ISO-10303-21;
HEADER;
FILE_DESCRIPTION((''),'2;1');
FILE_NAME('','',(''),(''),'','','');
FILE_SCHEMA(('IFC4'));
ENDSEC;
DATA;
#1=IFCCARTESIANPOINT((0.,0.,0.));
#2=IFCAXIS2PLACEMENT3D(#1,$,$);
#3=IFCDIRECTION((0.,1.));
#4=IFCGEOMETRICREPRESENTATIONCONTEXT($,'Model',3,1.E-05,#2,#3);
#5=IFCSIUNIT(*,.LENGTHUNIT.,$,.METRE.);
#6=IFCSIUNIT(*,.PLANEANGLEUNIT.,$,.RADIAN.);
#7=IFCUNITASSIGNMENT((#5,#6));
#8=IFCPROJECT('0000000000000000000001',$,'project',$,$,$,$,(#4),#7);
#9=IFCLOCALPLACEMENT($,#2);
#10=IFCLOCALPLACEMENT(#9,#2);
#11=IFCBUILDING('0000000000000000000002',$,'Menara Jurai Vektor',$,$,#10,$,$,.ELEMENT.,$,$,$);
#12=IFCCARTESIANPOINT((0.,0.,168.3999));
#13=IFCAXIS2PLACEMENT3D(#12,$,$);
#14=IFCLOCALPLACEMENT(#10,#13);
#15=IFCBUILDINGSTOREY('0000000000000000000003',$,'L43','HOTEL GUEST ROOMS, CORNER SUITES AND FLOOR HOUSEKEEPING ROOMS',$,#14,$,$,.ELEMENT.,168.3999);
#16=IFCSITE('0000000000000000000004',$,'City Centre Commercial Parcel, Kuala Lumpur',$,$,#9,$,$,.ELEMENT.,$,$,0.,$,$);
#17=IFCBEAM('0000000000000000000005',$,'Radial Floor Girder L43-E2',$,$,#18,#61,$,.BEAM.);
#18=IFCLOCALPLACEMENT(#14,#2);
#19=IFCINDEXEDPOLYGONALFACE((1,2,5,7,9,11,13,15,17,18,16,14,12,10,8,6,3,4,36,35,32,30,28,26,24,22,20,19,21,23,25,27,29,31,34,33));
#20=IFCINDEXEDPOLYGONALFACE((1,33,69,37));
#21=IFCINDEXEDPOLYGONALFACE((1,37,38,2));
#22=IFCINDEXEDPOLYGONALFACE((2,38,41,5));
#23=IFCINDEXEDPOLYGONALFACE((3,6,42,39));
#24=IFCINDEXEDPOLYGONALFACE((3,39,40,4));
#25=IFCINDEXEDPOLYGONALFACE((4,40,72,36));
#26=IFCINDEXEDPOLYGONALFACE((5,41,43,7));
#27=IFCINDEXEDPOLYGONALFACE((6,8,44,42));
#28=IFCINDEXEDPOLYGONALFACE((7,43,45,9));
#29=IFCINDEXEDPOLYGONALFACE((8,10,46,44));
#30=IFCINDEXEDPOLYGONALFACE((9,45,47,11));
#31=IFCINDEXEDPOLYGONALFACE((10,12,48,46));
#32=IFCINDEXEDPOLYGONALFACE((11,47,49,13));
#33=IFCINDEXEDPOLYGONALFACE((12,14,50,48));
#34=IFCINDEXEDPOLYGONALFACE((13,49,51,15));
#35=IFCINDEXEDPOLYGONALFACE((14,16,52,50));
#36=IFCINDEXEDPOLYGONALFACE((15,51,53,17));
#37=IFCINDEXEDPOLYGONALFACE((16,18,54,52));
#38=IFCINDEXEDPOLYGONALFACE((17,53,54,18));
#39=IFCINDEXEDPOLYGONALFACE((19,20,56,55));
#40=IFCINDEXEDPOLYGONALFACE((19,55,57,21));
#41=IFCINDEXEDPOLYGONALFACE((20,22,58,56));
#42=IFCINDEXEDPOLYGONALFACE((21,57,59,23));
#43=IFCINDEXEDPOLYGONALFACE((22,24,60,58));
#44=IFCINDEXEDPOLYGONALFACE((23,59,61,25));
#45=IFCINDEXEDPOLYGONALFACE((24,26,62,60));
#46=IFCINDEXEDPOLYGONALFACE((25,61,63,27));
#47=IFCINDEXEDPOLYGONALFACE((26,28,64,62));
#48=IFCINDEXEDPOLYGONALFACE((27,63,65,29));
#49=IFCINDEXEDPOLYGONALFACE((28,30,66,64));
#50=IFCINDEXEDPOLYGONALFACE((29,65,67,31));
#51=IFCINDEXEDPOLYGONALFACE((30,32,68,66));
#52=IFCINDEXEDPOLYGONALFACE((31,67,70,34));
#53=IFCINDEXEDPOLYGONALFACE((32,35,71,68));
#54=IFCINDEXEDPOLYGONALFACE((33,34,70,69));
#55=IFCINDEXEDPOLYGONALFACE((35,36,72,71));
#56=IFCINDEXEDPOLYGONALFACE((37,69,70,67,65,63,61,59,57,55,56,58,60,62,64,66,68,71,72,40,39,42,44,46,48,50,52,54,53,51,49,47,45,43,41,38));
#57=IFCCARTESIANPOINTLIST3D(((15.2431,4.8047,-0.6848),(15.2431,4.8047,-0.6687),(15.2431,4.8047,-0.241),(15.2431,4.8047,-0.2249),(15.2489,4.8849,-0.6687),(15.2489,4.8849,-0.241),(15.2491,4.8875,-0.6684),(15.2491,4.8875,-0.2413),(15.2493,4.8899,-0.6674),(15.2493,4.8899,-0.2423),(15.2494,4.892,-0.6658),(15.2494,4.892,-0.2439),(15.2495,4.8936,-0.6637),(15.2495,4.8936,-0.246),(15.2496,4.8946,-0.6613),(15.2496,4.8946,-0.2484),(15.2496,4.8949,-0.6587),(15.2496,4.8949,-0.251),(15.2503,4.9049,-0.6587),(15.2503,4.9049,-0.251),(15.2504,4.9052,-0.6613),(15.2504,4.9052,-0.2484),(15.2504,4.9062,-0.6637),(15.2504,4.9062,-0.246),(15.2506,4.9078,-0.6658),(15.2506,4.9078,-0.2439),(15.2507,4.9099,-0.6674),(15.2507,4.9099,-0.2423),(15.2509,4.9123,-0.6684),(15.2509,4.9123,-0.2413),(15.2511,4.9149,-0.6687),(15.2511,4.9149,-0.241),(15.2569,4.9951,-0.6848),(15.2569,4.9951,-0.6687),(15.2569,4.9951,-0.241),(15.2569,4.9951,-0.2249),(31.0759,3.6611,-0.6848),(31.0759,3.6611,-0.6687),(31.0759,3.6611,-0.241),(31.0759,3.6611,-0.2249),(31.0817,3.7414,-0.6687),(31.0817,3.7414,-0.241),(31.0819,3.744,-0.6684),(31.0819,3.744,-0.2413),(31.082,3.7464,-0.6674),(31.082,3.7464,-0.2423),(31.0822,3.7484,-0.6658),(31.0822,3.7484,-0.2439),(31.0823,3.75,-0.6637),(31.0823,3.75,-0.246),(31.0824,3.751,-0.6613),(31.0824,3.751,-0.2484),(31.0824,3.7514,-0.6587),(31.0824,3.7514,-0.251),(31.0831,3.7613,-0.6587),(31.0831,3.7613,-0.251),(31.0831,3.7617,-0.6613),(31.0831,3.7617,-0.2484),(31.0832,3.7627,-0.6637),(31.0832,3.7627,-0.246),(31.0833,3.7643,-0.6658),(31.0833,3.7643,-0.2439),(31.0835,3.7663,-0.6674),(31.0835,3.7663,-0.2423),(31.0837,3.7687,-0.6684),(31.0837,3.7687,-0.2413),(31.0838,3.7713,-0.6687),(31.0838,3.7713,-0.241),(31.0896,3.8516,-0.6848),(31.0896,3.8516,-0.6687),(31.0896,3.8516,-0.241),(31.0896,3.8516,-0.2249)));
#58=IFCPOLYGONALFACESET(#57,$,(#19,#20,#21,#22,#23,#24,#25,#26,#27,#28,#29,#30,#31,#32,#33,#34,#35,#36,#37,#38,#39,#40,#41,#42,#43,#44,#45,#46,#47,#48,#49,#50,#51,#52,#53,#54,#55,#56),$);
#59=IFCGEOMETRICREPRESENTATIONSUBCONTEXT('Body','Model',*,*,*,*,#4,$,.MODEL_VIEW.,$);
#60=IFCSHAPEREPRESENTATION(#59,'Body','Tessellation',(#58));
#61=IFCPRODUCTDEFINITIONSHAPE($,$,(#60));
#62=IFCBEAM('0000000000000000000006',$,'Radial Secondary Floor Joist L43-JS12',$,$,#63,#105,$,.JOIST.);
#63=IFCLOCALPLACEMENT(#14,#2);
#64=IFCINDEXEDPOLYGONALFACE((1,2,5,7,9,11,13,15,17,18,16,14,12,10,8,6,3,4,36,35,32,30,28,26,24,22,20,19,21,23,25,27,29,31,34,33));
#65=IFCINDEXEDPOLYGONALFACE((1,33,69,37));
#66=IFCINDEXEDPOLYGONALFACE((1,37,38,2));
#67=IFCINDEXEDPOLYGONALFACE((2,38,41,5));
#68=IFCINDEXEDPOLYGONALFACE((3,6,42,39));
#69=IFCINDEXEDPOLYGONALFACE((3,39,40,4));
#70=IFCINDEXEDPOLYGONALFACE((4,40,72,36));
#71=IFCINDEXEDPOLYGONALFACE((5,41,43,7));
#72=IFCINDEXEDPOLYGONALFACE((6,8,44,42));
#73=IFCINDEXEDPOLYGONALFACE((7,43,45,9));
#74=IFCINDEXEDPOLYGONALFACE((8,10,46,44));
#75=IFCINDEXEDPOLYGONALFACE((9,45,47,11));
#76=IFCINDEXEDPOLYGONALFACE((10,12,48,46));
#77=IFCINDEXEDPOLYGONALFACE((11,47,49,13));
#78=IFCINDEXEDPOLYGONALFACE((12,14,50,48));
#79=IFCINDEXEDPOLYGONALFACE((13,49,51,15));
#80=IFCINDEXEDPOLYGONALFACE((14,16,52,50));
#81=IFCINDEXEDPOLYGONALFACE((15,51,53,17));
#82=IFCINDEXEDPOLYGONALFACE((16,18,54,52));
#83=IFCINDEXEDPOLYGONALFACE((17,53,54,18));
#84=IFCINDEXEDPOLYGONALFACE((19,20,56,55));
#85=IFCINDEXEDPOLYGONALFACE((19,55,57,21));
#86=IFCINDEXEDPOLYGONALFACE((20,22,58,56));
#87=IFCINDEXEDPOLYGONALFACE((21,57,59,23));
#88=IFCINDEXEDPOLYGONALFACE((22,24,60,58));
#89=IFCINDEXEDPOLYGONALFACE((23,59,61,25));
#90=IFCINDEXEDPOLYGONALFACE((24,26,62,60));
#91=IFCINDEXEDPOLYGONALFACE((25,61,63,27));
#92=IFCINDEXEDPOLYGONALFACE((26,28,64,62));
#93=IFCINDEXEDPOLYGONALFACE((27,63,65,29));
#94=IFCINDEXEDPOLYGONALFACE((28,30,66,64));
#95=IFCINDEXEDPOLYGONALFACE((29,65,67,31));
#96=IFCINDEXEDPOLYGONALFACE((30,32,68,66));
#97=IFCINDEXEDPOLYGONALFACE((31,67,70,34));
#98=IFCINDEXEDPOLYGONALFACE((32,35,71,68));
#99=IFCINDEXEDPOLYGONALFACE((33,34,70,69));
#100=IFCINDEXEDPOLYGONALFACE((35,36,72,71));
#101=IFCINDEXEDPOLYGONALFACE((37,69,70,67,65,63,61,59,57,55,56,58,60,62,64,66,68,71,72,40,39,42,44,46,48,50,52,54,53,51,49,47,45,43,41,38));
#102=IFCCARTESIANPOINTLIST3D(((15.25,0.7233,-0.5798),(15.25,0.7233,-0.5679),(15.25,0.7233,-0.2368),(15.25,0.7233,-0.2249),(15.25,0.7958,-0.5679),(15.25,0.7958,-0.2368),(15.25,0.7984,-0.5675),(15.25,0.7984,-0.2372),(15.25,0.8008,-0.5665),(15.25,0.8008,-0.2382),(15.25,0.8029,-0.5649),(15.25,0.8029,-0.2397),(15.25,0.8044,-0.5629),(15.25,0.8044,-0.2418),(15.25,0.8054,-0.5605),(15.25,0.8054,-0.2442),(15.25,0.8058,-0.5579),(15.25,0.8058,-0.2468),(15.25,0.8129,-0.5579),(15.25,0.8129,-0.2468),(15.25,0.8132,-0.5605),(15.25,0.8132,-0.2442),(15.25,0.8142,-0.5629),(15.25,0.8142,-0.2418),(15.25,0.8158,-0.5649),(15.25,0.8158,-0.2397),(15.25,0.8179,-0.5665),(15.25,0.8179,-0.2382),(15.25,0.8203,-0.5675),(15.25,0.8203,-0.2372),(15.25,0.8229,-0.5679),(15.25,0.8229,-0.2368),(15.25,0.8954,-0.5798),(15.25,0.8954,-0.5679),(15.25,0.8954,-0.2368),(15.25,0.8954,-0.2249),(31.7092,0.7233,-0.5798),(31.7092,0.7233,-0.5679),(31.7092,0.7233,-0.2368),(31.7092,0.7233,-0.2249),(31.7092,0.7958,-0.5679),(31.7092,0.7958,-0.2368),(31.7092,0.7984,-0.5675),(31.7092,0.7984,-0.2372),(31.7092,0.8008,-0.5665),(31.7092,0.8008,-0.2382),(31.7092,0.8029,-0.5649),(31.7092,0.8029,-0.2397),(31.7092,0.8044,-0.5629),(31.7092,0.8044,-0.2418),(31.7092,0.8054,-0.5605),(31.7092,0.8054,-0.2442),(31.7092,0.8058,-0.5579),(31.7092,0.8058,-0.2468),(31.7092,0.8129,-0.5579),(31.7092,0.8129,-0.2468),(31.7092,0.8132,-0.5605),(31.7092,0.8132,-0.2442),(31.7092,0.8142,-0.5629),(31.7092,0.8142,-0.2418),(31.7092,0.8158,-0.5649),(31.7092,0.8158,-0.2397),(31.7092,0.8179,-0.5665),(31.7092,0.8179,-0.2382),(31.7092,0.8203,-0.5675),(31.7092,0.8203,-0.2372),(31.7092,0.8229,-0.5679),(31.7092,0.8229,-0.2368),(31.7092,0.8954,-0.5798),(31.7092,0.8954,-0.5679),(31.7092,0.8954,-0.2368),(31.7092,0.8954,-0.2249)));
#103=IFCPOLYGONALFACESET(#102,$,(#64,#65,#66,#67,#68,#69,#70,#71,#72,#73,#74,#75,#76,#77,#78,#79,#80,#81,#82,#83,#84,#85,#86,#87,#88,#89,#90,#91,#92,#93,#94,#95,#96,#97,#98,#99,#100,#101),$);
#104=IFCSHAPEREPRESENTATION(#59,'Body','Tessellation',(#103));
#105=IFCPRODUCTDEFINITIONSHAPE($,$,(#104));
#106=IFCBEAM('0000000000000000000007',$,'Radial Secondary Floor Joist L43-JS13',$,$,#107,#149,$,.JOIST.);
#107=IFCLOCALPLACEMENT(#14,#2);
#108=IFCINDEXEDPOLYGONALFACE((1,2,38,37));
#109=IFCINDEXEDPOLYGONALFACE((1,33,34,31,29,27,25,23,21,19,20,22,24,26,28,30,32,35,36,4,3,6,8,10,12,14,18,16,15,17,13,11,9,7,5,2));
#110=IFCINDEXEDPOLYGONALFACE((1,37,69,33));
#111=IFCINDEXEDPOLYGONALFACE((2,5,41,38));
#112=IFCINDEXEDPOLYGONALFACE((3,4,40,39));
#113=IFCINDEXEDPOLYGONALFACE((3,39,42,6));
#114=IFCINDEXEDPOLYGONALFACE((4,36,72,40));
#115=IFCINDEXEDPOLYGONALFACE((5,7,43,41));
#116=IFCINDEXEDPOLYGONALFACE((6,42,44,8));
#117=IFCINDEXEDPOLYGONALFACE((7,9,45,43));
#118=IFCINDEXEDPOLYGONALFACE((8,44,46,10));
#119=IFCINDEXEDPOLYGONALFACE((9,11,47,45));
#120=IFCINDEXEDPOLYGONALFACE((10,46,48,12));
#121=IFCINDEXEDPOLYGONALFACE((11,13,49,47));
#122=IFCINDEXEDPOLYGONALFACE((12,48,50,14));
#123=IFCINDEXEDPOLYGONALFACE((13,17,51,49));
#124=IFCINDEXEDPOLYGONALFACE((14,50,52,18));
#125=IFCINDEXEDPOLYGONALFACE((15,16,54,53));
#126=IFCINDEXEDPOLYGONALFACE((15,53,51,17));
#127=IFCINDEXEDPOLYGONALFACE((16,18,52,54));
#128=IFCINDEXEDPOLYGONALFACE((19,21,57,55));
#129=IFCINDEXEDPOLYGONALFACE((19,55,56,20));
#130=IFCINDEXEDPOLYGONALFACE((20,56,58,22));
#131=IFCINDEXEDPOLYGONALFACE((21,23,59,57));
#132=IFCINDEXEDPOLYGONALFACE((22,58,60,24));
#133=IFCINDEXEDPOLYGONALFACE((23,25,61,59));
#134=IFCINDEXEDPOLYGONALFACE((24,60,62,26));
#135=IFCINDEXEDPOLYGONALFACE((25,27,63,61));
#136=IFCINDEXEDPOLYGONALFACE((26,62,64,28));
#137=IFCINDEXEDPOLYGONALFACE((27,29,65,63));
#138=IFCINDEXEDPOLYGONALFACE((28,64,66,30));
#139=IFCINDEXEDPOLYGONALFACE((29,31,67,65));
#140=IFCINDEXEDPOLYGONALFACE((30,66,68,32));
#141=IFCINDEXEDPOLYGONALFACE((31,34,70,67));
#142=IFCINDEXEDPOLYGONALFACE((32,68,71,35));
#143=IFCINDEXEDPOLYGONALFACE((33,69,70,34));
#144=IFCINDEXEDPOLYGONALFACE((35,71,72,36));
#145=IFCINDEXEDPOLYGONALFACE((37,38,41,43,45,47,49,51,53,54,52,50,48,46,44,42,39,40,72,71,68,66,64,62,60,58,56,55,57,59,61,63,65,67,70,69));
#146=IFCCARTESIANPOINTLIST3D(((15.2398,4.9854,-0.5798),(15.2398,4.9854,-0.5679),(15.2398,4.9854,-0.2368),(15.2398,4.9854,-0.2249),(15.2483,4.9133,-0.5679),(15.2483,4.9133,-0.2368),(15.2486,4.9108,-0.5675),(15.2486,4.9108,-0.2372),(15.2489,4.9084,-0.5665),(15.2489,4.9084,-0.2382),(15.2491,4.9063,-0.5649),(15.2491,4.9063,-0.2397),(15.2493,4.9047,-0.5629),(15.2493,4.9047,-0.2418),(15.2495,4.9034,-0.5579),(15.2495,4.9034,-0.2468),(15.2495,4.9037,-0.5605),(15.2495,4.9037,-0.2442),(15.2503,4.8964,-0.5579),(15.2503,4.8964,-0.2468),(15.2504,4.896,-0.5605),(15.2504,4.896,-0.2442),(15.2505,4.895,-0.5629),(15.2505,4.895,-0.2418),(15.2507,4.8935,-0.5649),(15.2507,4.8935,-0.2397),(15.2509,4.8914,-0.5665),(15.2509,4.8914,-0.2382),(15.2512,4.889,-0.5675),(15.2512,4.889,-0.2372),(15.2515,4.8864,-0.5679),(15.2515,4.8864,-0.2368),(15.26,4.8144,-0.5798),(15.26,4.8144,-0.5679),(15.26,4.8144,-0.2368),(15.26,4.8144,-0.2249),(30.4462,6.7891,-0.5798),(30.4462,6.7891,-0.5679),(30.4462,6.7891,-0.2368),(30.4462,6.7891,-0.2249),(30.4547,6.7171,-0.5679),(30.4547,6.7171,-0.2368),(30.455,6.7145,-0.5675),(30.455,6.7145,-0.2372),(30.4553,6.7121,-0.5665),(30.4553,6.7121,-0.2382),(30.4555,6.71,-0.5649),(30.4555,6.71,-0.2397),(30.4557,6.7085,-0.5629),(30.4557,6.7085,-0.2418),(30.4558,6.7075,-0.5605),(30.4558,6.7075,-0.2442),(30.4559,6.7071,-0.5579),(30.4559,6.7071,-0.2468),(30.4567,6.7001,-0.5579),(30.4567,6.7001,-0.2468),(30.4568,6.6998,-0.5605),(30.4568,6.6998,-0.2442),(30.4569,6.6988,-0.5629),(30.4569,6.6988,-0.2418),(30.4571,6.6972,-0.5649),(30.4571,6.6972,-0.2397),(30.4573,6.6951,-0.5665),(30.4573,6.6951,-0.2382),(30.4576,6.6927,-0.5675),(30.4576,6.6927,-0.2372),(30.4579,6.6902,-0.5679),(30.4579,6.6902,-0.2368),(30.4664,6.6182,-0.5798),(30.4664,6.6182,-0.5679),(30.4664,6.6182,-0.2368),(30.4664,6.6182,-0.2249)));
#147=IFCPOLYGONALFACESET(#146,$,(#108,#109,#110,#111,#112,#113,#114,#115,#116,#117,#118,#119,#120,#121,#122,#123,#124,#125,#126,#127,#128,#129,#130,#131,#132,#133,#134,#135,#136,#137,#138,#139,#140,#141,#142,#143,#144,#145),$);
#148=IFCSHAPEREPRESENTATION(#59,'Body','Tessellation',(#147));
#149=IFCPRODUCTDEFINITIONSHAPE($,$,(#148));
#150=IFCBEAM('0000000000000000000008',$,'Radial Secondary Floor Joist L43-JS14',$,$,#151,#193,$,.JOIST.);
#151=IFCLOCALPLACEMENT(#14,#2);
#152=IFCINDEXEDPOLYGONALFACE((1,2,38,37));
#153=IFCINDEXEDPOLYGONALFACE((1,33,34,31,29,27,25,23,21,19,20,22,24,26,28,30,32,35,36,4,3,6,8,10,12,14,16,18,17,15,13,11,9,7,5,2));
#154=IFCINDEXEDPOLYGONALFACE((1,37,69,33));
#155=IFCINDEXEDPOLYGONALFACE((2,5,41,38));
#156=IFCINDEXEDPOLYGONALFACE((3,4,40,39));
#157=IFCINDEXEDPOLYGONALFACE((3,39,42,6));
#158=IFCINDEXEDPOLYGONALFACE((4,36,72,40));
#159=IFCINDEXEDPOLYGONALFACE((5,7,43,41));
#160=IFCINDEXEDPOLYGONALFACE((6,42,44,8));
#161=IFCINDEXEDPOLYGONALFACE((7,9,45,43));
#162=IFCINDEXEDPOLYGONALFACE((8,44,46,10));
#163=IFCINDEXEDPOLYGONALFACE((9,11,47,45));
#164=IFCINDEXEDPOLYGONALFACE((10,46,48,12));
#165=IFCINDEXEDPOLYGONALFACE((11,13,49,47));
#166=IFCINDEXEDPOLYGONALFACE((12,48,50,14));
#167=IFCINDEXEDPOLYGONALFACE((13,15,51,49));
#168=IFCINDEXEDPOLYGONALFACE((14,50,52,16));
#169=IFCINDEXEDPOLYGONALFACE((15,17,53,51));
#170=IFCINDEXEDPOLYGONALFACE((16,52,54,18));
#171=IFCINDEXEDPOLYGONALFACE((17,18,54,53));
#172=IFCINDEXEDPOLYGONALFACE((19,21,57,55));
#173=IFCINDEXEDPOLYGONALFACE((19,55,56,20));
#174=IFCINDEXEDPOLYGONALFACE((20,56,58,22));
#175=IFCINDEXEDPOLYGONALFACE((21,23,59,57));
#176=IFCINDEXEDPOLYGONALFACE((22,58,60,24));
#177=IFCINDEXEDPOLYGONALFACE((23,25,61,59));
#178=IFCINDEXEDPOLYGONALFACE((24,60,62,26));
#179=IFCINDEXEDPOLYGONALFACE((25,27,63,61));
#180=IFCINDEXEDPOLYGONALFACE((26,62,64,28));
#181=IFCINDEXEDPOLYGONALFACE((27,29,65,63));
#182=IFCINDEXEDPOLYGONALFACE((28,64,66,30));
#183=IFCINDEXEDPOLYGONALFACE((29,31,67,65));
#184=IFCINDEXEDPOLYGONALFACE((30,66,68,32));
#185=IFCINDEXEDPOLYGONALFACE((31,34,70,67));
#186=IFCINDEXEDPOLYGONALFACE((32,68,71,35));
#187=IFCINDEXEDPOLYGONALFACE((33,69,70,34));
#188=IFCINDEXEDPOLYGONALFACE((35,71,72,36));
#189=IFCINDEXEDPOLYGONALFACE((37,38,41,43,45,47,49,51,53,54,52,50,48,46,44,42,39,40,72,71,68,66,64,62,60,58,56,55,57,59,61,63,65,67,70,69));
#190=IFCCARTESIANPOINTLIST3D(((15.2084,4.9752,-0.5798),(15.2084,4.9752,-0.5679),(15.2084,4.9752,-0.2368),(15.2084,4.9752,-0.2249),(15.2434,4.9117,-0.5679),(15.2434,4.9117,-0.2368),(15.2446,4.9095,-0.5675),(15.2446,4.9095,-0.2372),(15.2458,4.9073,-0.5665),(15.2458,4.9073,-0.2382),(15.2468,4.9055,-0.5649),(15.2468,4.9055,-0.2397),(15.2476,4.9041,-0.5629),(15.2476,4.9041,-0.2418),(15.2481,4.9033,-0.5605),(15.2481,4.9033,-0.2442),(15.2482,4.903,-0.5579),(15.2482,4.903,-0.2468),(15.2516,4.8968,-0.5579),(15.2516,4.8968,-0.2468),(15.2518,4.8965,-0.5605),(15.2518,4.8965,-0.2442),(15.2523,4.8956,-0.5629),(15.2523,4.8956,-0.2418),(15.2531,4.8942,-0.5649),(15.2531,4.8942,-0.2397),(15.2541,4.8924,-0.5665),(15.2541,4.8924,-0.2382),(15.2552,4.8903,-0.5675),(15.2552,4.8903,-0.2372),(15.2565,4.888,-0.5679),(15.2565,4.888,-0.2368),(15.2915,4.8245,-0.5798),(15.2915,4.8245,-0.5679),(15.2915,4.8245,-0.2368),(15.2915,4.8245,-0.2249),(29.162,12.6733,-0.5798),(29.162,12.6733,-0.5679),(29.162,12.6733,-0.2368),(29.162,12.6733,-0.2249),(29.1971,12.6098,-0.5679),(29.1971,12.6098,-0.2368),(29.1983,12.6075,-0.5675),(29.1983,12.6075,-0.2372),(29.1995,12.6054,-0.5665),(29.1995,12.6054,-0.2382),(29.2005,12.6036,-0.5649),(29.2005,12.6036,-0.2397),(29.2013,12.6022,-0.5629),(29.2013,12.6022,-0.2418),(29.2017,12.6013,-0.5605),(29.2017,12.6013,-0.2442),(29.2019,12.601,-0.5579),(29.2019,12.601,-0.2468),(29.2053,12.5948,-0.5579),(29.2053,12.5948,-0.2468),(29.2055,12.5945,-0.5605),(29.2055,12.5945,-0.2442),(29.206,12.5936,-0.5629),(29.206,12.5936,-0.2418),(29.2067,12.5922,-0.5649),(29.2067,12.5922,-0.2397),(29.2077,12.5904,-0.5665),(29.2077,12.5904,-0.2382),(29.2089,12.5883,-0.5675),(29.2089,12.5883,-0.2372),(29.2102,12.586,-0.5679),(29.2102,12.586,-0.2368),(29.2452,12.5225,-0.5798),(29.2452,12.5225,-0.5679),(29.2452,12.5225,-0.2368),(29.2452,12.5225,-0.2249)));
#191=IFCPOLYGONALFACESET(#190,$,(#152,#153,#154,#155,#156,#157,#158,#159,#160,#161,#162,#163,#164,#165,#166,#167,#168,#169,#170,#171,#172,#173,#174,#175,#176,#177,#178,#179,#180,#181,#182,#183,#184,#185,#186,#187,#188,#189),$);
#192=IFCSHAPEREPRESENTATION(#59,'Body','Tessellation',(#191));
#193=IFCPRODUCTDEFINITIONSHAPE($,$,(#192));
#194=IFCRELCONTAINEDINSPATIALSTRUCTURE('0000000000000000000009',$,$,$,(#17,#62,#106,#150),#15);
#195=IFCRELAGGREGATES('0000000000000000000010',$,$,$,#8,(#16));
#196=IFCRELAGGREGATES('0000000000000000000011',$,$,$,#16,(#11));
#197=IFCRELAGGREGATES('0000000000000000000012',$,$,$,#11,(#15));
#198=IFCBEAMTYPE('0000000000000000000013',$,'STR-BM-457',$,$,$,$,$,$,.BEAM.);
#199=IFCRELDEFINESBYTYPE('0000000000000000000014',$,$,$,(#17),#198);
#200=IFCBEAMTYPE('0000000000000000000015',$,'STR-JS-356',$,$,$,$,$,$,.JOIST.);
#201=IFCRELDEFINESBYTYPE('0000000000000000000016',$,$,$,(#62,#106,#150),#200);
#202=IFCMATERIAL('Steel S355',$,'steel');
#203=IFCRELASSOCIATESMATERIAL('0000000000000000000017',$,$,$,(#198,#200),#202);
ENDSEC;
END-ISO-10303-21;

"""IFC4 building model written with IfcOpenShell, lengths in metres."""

from ifc_helpers import new_model, si_unit, direction, frame, origin, origin_2d, place, context, subcontext, project, spatial, i_section, extrude, material, material_profile, profile_set, type_object, element, save


model = new_model("IFC4")

# Units and contexts
model_context = context("Model", 3, precision=1e-05, world=origin(), true_north=direction((0.0, 1.0)))
body_context = subcontext(model_context, "Body", "Model", "MODEL_VIEW")
ifc_project = project(units=[si_unit("LENGTHUNIT", "METRE"), si_unit("PLANEANGLEUNIT", "RADIAN")], contexts=[model_context])

# Site, building, storey
site_placement = place(None, origin())
site = spatial("IfcSite", under=ifc_project, at=site_placement, Name="City Centre Commercial Parcel, Kuala Lumpur", CompositionType="ELEMENT", RefElevation=0.0)
building_placement = place(site_placement, origin())
building = spatial("IfcBuilding", under=site, at=building_placement, Name="Menara Jurai Vektor", CompositionType="ELEMENT")
storey_placement = place(building_placement, frame((0.0, 0.0, 168.3999)))
storey = spatial("IfcBuildingStorey", under=building, at=storey_placement, Name="L43", Description="HOTEL GUEST ROOMS, CORNER SUITES AND FLOOR HOUSEKEEPING ROOMS", CompositionType="ELEMENT", Elevation=168.3999)

# Beams
ifc_material_1 = material(Name="Steel S355", Category="steel")
ifc_material_profile_1 = material_profile(ifc_material_1, i_section(OverallWidth=0.1909, OverallDepth=0.46, WebThickness=0.01, FlangeThickness=0.0161, FilletRadius=0.01, at=origin_2d()), Name="UKB 457x191x82")
ifc_profile_set_1 = profile_set([ifc_material_profile_1], Name="Steel S355")
beam_type_1 = type_object("IfcBeamType", Name="STR-BM-457", PredefinedType="BEAM", material=ifc_profile_set_1)
beam_1_placement = place(storey_placement, frame((31.0828, 3.7563, -0.4548), z_axis=(-0.997402, 0.072039, 0.0), x_axis=(-0.072039, -0.997402, 0.0)))
element("IfcBeam", 1, at=beam_1_placement, inside=storey, type_object=beam_type_1, Name="Radial Floor Girder L43-E2", PredefinedType="BEAM", context=body_context, shape_type="SweptSolid", body=[
    extrude(i_section(OverallWidth=0.1909, OverallDepth=0.46, WebThickness=0.01, FlangeThickness=0.0161, FilletRadius=0.01, at=origin_2d()), origin(), (0.0, 0.0, 1.0), 15.874),
])
ifc_material_profile_2 = material_profile(ifc_material_1, i_section(OverallWidth=0.1721, OverallDepth=0.355, WebThickness=0.0071, FlangeThickness=0.012, FilletRadius=0.01, at=origin_2d()), Name="UKB 356x171x51")
ifc_profile_set_2 = profile_set([ifc_material_profile_2], Name="Steel S355")
beam_type_2 = type_object("IfcBeamType", Name="STR-JS-356", PredefinedType="JOIST", material=ifc_profile_set_2)
beam_2_placement = place(storey_placement, frame((31.7092, 0.8093, -0.4023), z_axis=(-1.0, 0.0, 0.0), x_axis=(0.0, -1.0, 0.0)))
element("IfcBeam", 2, at=beam_2_placement, inside=storey, type_object=beam_type_2, Name="Radial Secondary Floor Joist L43-JS12", PredefinedType="JOIST", context=body_context, shape_type="SweptSolid", body=[
    extrude(i_section(OverallWidth=0.1721, OverallDepth=0.355, WebThickness=0.0071, FlangeThickness=0.012, FilletRadius=0.01, at=origin_2d()), origin(), (0.0, 0.0, 1.0), 16.4592),
])
beam_3_placement = place(storey_placement, frame((30.4563, 6.7036, -0.4023), z_axis=(-0.993038, -0.11779, 0.0), x_axis=(0.11779, -0.993038, 0.0)))
element("IfcBeam", 3, at=beam_3_placement, inside=storey, type_object=beam_type_2, Name="Radial Secondary Floor Joist L43-JS13", PredefinedType="JOIST", context=body_context, shape_type="SweptSolid", body=[
    extrude(i_section(OverallWidth=0.1721, OverallDepth=0.355, WebThickness=0.0071, FlangeThickness=0.012, FilletRadius=0.01, at=origin_2d()), origin(), (0.0, 0.0, 1.0), 15.313),
])
beam_4_placement = place(storey_placement, frame((29.2036, 12.5979, -0.4023), z_axis=(-0.875592, -0.483051, 0.0), x_axis=(0.483051, -0.875592, 0.0)))
element("IfcBeam", 4, at=beam_4_placement, inside=storey, type_object=beam_type_2, Name="Radial Secondary Floor Joist L43-JS14", PredefinedType="JOIST", context=body_context, shape_type="SweptSolid", body=[
    extrude(i_section(OverallWidth=0.1721, OverallDepth=0.355, WebThickness=0.0071, FlangeThickness=0.012, FilletRadius=0.01, at=origin_2d()), origin(), (0.0, 0.0, 1.0), 15.9363),
])

save(model, "model.ifc")
